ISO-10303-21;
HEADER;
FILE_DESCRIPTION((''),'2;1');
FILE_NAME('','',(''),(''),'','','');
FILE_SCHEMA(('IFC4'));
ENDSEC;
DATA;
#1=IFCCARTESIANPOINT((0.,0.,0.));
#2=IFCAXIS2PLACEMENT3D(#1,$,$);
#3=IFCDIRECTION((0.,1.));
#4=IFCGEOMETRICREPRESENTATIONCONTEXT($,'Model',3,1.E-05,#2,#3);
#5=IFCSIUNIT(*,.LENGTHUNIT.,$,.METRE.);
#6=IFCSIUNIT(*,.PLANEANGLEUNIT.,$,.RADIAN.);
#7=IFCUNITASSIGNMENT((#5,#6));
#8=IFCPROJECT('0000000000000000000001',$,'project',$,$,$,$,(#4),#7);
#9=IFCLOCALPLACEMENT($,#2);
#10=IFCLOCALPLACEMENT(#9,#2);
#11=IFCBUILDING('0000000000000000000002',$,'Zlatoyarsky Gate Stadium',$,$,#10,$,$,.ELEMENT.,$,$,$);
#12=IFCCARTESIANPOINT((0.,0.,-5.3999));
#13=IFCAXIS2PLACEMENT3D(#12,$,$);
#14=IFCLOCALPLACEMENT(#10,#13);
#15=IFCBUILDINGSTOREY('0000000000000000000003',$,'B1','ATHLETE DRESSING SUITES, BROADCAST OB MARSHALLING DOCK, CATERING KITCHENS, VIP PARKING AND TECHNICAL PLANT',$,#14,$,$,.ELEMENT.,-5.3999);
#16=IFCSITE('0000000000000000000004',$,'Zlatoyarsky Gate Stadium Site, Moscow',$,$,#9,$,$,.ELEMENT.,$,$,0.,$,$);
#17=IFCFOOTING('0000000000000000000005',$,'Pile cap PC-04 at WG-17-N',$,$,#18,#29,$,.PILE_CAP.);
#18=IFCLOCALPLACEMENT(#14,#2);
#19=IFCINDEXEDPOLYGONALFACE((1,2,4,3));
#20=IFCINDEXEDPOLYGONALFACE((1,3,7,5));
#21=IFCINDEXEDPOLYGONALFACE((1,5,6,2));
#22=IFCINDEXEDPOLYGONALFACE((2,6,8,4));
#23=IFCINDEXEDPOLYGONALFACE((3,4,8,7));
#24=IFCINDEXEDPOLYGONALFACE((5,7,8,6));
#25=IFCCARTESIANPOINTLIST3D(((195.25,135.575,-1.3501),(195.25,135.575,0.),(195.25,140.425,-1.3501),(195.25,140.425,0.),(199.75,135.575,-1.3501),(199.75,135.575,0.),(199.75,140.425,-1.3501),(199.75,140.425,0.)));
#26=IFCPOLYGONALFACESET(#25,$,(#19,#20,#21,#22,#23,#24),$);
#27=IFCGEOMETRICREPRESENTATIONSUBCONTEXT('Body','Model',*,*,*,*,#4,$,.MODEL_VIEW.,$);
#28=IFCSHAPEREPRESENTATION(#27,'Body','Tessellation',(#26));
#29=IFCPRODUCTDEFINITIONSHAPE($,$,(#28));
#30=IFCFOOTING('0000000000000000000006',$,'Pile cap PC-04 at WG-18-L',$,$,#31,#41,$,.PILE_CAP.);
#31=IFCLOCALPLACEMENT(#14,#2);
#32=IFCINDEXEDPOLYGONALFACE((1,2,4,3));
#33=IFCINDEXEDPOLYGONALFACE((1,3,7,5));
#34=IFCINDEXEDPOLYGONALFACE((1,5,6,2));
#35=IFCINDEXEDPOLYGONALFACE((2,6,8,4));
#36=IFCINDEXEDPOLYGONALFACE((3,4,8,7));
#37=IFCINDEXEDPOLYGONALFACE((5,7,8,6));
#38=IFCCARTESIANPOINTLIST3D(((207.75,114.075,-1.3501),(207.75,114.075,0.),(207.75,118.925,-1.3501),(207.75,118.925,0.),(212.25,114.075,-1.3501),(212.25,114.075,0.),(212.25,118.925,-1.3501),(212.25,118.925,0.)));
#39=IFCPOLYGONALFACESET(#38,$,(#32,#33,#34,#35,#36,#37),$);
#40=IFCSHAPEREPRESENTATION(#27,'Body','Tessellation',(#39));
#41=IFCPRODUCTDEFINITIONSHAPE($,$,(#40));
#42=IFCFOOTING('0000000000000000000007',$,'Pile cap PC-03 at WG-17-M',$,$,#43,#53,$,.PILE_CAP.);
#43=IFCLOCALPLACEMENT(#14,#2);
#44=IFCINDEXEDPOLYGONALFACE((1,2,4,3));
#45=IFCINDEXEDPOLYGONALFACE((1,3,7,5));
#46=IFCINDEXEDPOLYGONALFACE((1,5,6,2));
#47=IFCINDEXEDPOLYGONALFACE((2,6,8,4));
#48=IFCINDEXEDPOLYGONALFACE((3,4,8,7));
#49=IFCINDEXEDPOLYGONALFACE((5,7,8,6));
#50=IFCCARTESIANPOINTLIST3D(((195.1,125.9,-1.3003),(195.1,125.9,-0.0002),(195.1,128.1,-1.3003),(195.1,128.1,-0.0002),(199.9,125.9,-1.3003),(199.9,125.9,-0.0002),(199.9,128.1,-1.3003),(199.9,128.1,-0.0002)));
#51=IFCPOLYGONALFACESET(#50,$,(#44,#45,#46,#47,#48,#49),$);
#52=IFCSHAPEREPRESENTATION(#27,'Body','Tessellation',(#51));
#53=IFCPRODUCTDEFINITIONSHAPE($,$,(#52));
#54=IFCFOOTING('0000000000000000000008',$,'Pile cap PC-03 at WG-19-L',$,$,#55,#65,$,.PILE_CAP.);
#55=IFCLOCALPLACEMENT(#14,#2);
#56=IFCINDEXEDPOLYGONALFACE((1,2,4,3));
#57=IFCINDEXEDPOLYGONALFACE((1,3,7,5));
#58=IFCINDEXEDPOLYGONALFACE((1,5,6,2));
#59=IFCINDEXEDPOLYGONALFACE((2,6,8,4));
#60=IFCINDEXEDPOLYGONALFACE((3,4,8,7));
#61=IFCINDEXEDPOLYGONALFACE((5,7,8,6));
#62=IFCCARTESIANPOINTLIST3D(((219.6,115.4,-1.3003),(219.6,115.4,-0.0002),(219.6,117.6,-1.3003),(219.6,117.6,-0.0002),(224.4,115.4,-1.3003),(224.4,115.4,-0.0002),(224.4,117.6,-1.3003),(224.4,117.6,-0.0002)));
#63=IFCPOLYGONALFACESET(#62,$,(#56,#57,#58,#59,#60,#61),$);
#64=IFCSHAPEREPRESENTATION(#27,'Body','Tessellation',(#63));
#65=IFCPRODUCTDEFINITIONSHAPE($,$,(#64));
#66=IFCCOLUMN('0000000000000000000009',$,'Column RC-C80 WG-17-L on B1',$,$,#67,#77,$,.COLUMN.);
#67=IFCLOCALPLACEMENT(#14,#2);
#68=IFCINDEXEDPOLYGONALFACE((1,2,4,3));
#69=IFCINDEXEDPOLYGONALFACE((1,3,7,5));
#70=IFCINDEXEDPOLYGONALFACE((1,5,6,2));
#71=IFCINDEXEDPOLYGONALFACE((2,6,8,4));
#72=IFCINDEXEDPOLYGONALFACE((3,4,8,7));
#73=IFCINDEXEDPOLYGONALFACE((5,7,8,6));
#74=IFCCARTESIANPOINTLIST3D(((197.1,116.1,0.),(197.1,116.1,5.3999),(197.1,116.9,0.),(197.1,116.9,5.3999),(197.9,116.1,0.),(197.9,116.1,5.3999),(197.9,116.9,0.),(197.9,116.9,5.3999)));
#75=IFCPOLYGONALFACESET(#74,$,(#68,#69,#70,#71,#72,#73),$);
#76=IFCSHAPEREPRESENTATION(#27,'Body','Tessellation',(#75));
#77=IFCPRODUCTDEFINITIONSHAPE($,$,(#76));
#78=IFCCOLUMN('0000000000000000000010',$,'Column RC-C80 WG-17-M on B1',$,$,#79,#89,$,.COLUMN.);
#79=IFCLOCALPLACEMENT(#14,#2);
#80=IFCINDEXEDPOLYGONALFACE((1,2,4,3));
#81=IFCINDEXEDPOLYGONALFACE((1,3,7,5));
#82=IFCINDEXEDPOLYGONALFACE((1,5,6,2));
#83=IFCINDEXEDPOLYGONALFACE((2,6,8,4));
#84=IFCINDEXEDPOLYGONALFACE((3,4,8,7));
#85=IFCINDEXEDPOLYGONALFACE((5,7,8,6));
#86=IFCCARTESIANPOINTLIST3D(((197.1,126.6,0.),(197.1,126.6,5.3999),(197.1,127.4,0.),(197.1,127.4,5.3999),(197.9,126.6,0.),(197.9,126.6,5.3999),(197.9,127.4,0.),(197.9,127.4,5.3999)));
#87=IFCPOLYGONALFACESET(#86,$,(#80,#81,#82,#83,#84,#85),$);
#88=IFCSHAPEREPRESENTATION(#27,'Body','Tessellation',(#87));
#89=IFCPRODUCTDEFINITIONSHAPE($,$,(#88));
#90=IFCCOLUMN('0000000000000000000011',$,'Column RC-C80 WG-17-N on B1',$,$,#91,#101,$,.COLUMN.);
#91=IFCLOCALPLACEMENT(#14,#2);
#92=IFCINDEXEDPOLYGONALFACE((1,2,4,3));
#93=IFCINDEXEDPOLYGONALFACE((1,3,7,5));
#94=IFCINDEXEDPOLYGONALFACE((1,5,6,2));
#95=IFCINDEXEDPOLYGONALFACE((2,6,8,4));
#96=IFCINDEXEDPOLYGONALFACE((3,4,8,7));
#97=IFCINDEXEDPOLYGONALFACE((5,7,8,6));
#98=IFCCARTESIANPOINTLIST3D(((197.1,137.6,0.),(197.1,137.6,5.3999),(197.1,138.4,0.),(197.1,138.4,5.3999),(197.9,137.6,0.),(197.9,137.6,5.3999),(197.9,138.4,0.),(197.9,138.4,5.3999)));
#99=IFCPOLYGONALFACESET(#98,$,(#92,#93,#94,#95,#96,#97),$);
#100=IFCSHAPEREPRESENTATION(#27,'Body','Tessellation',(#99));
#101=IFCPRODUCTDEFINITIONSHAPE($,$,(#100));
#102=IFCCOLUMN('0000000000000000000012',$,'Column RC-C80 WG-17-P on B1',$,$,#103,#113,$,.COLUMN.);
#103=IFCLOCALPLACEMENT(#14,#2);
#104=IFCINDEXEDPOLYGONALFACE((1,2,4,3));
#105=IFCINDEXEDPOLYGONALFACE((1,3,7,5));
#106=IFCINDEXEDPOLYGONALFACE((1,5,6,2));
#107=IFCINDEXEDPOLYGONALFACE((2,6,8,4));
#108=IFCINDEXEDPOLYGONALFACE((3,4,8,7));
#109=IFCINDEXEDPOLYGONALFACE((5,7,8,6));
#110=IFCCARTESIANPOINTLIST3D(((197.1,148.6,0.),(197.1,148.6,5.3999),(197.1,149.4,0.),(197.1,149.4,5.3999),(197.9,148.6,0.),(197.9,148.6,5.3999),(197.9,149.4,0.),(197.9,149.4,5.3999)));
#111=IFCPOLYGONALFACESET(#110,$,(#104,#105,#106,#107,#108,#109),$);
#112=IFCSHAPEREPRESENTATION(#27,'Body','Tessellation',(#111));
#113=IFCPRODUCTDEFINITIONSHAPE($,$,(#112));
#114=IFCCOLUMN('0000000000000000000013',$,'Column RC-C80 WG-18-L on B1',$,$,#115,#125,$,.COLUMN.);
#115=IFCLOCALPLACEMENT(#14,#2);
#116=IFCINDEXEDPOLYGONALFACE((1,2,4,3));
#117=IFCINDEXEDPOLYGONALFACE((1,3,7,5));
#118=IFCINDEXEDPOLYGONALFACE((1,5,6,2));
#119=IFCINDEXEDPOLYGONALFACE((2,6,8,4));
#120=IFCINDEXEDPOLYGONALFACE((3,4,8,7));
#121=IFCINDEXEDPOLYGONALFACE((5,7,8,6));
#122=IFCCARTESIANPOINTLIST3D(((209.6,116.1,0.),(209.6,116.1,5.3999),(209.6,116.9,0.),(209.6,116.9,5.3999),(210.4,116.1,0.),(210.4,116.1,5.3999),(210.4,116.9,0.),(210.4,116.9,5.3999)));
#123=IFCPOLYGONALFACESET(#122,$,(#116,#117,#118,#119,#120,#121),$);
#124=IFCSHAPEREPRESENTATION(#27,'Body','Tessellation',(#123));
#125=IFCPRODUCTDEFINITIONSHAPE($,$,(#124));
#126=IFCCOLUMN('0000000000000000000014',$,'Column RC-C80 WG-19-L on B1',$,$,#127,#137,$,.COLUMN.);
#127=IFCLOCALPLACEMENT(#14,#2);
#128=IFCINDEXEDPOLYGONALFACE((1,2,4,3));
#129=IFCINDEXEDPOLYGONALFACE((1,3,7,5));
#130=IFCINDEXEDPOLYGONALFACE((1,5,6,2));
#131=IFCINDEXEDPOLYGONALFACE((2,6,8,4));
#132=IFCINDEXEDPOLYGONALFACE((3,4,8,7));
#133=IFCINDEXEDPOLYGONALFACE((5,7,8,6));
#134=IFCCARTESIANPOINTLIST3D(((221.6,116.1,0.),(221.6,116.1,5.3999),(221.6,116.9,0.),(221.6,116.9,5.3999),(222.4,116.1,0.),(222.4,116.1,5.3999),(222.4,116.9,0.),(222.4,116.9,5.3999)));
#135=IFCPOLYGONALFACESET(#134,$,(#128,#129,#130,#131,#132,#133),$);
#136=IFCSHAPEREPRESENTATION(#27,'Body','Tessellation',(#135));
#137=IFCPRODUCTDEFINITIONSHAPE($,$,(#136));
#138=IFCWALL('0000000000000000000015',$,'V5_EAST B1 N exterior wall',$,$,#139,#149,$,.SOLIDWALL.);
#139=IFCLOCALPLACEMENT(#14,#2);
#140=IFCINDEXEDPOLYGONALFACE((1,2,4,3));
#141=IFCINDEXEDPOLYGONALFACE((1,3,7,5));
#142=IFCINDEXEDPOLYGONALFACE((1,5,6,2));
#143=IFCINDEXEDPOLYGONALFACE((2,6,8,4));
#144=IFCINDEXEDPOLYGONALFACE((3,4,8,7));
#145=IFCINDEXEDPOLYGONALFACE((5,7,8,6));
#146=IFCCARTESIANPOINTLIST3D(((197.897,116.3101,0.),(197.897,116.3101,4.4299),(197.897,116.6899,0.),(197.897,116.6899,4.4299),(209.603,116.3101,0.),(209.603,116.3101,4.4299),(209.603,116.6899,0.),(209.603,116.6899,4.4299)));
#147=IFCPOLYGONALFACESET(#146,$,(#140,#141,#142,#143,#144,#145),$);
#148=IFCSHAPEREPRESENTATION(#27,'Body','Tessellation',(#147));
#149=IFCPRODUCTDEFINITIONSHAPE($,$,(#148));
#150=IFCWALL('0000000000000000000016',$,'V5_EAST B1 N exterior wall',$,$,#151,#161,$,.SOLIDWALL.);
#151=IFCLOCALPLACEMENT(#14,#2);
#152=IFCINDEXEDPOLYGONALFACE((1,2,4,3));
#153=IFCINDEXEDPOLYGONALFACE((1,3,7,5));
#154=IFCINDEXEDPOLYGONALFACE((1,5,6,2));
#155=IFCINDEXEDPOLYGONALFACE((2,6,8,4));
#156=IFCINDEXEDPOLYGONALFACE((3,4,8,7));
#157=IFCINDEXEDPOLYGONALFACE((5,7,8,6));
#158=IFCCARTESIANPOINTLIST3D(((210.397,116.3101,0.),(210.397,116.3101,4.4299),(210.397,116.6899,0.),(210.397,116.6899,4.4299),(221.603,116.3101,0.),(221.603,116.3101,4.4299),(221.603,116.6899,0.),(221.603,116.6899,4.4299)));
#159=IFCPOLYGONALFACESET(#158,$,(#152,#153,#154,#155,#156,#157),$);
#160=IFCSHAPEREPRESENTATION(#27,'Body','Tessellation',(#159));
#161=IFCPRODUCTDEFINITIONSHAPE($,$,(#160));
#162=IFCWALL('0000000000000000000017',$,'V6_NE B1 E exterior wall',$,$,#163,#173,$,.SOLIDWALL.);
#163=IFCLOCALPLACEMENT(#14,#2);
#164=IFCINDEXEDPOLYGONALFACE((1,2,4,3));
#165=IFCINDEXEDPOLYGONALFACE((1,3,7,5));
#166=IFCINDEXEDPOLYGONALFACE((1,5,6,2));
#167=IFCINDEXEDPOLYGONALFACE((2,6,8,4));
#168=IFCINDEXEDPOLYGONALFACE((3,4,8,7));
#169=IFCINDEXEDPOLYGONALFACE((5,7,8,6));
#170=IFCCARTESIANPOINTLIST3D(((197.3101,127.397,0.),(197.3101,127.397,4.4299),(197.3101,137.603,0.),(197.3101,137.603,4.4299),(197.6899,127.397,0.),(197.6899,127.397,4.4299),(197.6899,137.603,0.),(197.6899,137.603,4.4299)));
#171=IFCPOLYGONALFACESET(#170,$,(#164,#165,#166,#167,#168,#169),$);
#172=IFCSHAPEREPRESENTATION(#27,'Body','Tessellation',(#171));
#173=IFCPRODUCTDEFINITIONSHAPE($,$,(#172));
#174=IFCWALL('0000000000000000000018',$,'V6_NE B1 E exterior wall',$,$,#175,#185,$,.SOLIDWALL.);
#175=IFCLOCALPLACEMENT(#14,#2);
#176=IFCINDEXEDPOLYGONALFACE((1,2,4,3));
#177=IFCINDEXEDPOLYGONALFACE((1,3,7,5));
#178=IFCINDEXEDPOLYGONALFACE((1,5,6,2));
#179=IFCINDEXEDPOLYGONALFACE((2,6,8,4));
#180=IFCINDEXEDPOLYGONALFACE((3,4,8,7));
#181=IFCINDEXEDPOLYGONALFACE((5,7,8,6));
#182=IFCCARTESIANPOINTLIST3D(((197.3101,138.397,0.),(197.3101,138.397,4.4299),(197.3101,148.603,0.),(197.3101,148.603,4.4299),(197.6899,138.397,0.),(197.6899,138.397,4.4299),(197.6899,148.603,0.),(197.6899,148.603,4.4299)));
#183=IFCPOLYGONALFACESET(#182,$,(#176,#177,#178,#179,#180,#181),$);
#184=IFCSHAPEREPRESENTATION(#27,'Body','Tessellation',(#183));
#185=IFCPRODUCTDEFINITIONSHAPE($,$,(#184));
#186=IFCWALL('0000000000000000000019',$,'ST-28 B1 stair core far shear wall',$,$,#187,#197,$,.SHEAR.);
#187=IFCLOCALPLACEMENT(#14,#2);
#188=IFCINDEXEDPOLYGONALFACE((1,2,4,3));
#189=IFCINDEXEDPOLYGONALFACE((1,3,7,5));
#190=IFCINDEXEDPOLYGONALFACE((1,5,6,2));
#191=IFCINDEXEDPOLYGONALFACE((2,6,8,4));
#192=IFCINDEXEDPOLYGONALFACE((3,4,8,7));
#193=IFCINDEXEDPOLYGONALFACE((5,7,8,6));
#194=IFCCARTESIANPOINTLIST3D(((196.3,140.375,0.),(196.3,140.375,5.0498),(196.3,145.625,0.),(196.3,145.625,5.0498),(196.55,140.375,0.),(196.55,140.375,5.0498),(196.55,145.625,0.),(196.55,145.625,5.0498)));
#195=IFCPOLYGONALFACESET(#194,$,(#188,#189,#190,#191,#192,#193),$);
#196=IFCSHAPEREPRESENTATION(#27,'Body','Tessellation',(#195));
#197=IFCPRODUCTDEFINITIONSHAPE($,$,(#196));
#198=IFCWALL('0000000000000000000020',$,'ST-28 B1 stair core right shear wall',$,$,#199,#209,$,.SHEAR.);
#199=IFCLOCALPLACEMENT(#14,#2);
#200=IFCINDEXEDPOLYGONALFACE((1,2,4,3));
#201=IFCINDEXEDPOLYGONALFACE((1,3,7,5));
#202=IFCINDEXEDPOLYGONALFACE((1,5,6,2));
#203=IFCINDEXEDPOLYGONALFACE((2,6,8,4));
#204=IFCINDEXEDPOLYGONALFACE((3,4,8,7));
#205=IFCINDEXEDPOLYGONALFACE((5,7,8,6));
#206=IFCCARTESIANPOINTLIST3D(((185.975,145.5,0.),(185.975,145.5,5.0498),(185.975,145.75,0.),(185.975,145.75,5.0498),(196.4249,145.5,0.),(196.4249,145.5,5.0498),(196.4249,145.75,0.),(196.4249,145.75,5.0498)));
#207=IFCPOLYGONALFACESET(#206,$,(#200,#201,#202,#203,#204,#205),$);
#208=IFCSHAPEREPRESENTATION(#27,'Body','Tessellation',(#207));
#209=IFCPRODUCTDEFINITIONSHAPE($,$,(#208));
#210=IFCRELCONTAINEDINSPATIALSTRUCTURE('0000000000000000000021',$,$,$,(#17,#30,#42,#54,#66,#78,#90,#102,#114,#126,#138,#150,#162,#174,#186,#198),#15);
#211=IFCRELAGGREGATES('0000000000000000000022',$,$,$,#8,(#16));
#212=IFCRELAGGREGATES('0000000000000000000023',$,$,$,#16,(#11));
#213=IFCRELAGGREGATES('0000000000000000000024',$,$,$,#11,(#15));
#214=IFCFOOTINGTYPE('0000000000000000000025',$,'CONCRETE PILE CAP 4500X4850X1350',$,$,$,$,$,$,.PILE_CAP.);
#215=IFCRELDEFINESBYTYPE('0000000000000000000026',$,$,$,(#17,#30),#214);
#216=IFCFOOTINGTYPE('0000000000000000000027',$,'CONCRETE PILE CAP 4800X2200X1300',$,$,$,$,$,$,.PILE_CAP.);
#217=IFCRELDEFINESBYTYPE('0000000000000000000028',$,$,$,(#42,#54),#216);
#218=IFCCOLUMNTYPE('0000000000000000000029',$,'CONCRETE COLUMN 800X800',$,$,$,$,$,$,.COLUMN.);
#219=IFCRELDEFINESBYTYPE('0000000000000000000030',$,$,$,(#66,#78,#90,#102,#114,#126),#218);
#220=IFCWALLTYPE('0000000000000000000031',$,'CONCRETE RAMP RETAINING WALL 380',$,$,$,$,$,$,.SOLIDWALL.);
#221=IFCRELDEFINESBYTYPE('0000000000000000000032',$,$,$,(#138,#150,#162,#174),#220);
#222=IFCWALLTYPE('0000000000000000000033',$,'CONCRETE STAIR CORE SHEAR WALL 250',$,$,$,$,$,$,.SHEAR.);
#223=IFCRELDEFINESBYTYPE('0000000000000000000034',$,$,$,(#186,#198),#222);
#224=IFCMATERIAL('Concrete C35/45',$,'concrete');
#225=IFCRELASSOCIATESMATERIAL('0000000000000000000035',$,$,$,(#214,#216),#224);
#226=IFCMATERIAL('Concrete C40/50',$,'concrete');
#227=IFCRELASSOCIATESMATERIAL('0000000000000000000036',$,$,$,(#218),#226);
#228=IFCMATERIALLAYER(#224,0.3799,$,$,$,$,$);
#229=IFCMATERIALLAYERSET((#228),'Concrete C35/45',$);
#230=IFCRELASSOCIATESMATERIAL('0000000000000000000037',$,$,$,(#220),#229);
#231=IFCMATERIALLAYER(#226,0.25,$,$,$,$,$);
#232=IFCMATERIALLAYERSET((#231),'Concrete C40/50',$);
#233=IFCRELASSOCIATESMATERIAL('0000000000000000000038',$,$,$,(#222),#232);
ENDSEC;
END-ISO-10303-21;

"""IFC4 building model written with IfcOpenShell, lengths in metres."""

from ifc_helpers import new_model, si_unit, direction, frame, frame_2d, origin, origin_2d, place, context, subcontext, project, spatial, rectangle, extrude, material, layer, layer_set, material_profile, profile_set, type_object, element, save


model = new_model("IFC4")

# Units and contexts
model_context = context("Model", 3, precision=1e-05, world=origin(), true_north=direction((0.0, 1.0)))
body_context = subcontext(model_context, "Body", "Model", "MODEL_VIEW")
ifc_project = project(units=[si_unit("LENGTHUNIT", "METRE"), si_unit("PLANEANGLEUNIT", "RADIAN")], contexts=[model_context])

# Site, building, storey
site_placement = place(None, origin())
site = spatial("IfcSite", under=ifc_project, at=site_placement, Name="Zlatoyarsky Gate Stadium Site, Moscow", CompositionType="ELEMENT", RefElevation=0.0)
building_placement = place(site_placement, origin())
building = spatial("IfcBuilding", under=site, at=building_placement, Name="Zlatoyarsky Gate Stadium", CompositionType="ELEMENT")
storey_placement = place(building_placement, frame((0.0, 0.0, -5.3999)))
storey = spatial("IfcBuildingStorey", under=building, at=storey_placement, Name="B1", Description="ATHLETE DRESSING SUITES, BROADCAST OB MARSHALLING DOCK, CATERING KITCHENS, VIP PARKING AND TECHNICAL PLANT", CompositionType="ELEMENT", Elevation=-5.3999)

# Shared definitions
ifc_material_1 = material(Name="Concrete C35/45", Category="concrete")

# Footings
footing_type_1 = type_object("IfcFootingType", Name="CONCRETE PILE CAP 4500X4850X1350", PredefinedType="PILE_CAP", material=ifc_material_1)
for number, where, z_axis, x_axis, name in (
    (1, (197.5, 138.0, -1.3501), (0.0, 0.0, 1.0), (1.0, 0.0, 0.0), "Pile cap PC-04 at WG-17-N"),
    (2, (210.0, 116.5, -1.3501), (0.0, 0.0, 1.0), (1.0, 0.0, 0.0), "Pile cap PC-04 at WG-18-L"),
):
    element("IfcFooting", number, at=place(storey_placement, frame(where, z_axis=z_axis, x_axis=x_axis)), inside=storey, type_object=footing_type_1, Name=name, PredefinedType="PILE_CAP", context=body_context, shape_type="SweptSolid", body=[
        extrude(rectangle(XDim=4.5, YDim=4.8501, at=origin_2d()), origin(), (0.0, 0.0, 1.0), 1.3501),
    ])
footing_type_2 = type_object("IfcFootingType", Name="CONCRETE PILE CAP 4800X2200X1300", PredefinedType="PILE_CAP", material=ifc_material_1)
for number, where, z_axis, x_axis, name in (
    (3, (197.5, 127.0, -1.3003), (0.0, 0.0, 1.0), (1.0, 0.0, 0.0), "Pile cap PC-03 at WG-17-M"),
    (4, (222.0, 116.5, -1.3003), (0.0, 0.0, 1.0), (1.0, 0.0, 0.0), "Pile cap PC-03 at WG-19-L"),
):
    element("IfcFooting", number, at=place(storey_placement, frame(where, z_axis=z_axis, x_axis=x_axis)), inside=storey, type_object=footing_type_2, Name=name, PredefinedType="PILE_CAP", context=body_context, shape_type="SweptSolid", body=[
        extrude(rectangle(XDim=4.8, YDim=2.2, at=origin_2d()), origin(), (0.0, 0.0, 1.0), 1.3),
    ])

# Columns
ifc_material_2 = material(Name="Concrete C40/50", Category="concrete")
ifc_material_profile_1 = material_profile(ifc_material_2, rectangle(XDim=0.8, YDim=0.8, at=origin_2d()), Name="RC COL 800X800")
ifc_profile_set_1 = profile_set([ifc_material_profile_1], Name="Concrete C40/50")
column_type = type_object("IfcColumnType", Name="CONCRETE COLUMN 800X800", PredefinedType="COLUMN", material=ifc_profile_set_1)
for number, where, z_axis, x_axis, name in (
    (5, (197.5, 116.5, 0.0), (0.0, 0.0, 1.0), (1.0, 0.0, 0.0), "Column RC-C80 WG-17-L on B1"),
    (6, (197.5, 127.0, 0.0), (0.0, 0.0, 1.0), (1.0, 0.0, 0.0), "Column RC-C80 WG-17-M on B1"),
    (7, (197.5, 138.0, 0.0), (0.0, 0.0, 1.0), (1.0, 0.0, 0.0), "Column RC-C80 WG-17-N on B1"),
    (8, (197.5, 149.0, 0.0), (0.0, 0.0, 1.0), (1.0, 0.0, 0.0), "Column RC-C80 WG-17-P on B1"),
    (9, (210.0, 116.5, 0.0), (0.0, 0.0, 1.0), (1.0, 0.0, 0.0), "Column RC-C80 WG-18-L on B1"),
    (10, (222.0, 116.5, 0.0), (0.0, 0.0, 1.0), (1.0, 0.0, 0.0), "Column RC-C80 WG-19-L on B1"),
):
    element("IfcColumn", number, at=place(storey_placement, frame(where, z_axis=z_axis, x_axis=x_axis)), inside=storey, type_object=column_type, Name=name, PredefinedType="COLUMN", context=body_context, shape_type="SweptSolid", body=[
        extrude(rectangle(XDim=0.8, YDim=0.8, at=origin_2d()), origin(), (0.0, 0.0, 1.0), 5.3999),
    ])

# Walls
ifc_layer_1 = layer(ifc_material_1, 0.3799)
ifc_layer_set_1 = layer_set([ifc_layer_1], Name="Concrete C35/45")
wall_type_1 = type_object("IfcWallType", Name="CONCRETE RAMP RETAINING WALL 380", PredefinedType="SOLIDWALL", material=ifc_layer_set_1)
wall_1_placement = place(storey_placement, frame((197.897, 116.5, 0.0), z_axis=(0.0, 0.0, 1.0), x_axis=(1.0, 0.0, 0.0)))
element("IfcWall", 11, at=wall_1_placement, inside=storey, type_object=wall_type_1, Name="V5_EAST B1 N exterior wall", PredefinedType="SOLIDWALL", context=body_context, shape_type="SweptSolid", body=[
    extrude(rectangle(XDim=11.7061, YDim=0.3799, at=frame_2d((5.853, 0.0))), origin(), (0.0, 0.0, 1.0), 4.4299),
])
wall_2_placement = place(storey_placement, frame((210.397, 116.5, 0.0), z_axis=(0.0, 0.0, 1.0), x_axis=(1.0, 0.0, 0.0)))
element("IfcWall", 12, at=wall_2_placement, inside=storey, type_object=wall_type_1, Name="V5_EAST B1 N exterior wall", PredefinedType="SOLIDWALL", context=body_context, shape_type="SweptSolid", body=[
    extrude(rectangle(XDim=11.2061, YDim=0.3799, at=frame_2d((5.603, 0.0))), origin(), (0.0, 0.0, 1.0), 4.4299),
])
for number, where, z_axis, x_axis, name in (
    (13, (197.5, 127.397, 0.0), (0.0, 0.0, 1.0), (0.0, 1.0, 0.0), "V6_NE B1 E exterior wall"),
    (14, (197.5, 138.397, 0.0), (0.0, 0.0, 1.0), (0.0, 1.0, 0.0), "V6_NE B1 E exterior wall"),
):
    element("IfcWall", number, at=place(storey_placement, frame(where, z_axis=z_axis, x_axis=x_axis)), inside=storey, type_object=wall_type_1, Name=name, PredefinedType="SOLIDWALL", context=body_context, shape_type="SweptSolid", body=[
        extrude(rectangle(XDim=10.2061, YDim=0.3799, at=frame_2d((5.103, 0.0))), origin(), (0.0, 0.0, 1.0), 4.4299),
    ])
ifc_layer_2 = layer(ifc_material_2, 0.25)
ifc_layer_set_2 = layer_set([ifc_layer_2], Name="Concrete C40/50")
wall_type_2 = type_object("IfcWallType", Name="CONCRETE STAIR CORE SHEAR WALL 250", PredefinedType="SHEAR", material=ifc_layer_set_2)
wall_3_placement = place(storey_placement, frame((196.425, 140.375, 0.0), z_axis=(0.0, 0.0, 1.0), x_axis=(0.0, 1.0, 0.0)))
element("IfcWall", 15, at=wall_3_placement, inside=storey, type_object=wall_type_2, Name="ST-28 B1 stair core far shear wall", PredefinedType="SHEAR", context=body_context, shape_type="SweptSolid", body=[
    extrude(rectangle(XDim=5.25, YDim=0.25, at=frame_2d((2.625, 0.0))), origin(), (0.0, 0.0, 1.0), 5.0498),
])
wall_4_placement = place(storey_placement, frame((196.425, 145.625, 0.0), z_axis=(0.0, 0.0, 1.0), x_axis=(-1.0, 0.0, 0.0)))
element("IfcWall", 16, at=wall_4_placement, inside=storey, type_object=wall_type_2, Name="ST-28 B1 stair core right shear wall", PredefinedType="SHEAR", context=body_context, shape_type="SweptSolid", body=[
    extrude(rectangle(XDim=10.45, YDim=0.25, at=frame_2d((5.2251, 0.0))), origin(), (0.0, 0.0, 1.0), 5.0498),
])

save(model, "model.ifc")
